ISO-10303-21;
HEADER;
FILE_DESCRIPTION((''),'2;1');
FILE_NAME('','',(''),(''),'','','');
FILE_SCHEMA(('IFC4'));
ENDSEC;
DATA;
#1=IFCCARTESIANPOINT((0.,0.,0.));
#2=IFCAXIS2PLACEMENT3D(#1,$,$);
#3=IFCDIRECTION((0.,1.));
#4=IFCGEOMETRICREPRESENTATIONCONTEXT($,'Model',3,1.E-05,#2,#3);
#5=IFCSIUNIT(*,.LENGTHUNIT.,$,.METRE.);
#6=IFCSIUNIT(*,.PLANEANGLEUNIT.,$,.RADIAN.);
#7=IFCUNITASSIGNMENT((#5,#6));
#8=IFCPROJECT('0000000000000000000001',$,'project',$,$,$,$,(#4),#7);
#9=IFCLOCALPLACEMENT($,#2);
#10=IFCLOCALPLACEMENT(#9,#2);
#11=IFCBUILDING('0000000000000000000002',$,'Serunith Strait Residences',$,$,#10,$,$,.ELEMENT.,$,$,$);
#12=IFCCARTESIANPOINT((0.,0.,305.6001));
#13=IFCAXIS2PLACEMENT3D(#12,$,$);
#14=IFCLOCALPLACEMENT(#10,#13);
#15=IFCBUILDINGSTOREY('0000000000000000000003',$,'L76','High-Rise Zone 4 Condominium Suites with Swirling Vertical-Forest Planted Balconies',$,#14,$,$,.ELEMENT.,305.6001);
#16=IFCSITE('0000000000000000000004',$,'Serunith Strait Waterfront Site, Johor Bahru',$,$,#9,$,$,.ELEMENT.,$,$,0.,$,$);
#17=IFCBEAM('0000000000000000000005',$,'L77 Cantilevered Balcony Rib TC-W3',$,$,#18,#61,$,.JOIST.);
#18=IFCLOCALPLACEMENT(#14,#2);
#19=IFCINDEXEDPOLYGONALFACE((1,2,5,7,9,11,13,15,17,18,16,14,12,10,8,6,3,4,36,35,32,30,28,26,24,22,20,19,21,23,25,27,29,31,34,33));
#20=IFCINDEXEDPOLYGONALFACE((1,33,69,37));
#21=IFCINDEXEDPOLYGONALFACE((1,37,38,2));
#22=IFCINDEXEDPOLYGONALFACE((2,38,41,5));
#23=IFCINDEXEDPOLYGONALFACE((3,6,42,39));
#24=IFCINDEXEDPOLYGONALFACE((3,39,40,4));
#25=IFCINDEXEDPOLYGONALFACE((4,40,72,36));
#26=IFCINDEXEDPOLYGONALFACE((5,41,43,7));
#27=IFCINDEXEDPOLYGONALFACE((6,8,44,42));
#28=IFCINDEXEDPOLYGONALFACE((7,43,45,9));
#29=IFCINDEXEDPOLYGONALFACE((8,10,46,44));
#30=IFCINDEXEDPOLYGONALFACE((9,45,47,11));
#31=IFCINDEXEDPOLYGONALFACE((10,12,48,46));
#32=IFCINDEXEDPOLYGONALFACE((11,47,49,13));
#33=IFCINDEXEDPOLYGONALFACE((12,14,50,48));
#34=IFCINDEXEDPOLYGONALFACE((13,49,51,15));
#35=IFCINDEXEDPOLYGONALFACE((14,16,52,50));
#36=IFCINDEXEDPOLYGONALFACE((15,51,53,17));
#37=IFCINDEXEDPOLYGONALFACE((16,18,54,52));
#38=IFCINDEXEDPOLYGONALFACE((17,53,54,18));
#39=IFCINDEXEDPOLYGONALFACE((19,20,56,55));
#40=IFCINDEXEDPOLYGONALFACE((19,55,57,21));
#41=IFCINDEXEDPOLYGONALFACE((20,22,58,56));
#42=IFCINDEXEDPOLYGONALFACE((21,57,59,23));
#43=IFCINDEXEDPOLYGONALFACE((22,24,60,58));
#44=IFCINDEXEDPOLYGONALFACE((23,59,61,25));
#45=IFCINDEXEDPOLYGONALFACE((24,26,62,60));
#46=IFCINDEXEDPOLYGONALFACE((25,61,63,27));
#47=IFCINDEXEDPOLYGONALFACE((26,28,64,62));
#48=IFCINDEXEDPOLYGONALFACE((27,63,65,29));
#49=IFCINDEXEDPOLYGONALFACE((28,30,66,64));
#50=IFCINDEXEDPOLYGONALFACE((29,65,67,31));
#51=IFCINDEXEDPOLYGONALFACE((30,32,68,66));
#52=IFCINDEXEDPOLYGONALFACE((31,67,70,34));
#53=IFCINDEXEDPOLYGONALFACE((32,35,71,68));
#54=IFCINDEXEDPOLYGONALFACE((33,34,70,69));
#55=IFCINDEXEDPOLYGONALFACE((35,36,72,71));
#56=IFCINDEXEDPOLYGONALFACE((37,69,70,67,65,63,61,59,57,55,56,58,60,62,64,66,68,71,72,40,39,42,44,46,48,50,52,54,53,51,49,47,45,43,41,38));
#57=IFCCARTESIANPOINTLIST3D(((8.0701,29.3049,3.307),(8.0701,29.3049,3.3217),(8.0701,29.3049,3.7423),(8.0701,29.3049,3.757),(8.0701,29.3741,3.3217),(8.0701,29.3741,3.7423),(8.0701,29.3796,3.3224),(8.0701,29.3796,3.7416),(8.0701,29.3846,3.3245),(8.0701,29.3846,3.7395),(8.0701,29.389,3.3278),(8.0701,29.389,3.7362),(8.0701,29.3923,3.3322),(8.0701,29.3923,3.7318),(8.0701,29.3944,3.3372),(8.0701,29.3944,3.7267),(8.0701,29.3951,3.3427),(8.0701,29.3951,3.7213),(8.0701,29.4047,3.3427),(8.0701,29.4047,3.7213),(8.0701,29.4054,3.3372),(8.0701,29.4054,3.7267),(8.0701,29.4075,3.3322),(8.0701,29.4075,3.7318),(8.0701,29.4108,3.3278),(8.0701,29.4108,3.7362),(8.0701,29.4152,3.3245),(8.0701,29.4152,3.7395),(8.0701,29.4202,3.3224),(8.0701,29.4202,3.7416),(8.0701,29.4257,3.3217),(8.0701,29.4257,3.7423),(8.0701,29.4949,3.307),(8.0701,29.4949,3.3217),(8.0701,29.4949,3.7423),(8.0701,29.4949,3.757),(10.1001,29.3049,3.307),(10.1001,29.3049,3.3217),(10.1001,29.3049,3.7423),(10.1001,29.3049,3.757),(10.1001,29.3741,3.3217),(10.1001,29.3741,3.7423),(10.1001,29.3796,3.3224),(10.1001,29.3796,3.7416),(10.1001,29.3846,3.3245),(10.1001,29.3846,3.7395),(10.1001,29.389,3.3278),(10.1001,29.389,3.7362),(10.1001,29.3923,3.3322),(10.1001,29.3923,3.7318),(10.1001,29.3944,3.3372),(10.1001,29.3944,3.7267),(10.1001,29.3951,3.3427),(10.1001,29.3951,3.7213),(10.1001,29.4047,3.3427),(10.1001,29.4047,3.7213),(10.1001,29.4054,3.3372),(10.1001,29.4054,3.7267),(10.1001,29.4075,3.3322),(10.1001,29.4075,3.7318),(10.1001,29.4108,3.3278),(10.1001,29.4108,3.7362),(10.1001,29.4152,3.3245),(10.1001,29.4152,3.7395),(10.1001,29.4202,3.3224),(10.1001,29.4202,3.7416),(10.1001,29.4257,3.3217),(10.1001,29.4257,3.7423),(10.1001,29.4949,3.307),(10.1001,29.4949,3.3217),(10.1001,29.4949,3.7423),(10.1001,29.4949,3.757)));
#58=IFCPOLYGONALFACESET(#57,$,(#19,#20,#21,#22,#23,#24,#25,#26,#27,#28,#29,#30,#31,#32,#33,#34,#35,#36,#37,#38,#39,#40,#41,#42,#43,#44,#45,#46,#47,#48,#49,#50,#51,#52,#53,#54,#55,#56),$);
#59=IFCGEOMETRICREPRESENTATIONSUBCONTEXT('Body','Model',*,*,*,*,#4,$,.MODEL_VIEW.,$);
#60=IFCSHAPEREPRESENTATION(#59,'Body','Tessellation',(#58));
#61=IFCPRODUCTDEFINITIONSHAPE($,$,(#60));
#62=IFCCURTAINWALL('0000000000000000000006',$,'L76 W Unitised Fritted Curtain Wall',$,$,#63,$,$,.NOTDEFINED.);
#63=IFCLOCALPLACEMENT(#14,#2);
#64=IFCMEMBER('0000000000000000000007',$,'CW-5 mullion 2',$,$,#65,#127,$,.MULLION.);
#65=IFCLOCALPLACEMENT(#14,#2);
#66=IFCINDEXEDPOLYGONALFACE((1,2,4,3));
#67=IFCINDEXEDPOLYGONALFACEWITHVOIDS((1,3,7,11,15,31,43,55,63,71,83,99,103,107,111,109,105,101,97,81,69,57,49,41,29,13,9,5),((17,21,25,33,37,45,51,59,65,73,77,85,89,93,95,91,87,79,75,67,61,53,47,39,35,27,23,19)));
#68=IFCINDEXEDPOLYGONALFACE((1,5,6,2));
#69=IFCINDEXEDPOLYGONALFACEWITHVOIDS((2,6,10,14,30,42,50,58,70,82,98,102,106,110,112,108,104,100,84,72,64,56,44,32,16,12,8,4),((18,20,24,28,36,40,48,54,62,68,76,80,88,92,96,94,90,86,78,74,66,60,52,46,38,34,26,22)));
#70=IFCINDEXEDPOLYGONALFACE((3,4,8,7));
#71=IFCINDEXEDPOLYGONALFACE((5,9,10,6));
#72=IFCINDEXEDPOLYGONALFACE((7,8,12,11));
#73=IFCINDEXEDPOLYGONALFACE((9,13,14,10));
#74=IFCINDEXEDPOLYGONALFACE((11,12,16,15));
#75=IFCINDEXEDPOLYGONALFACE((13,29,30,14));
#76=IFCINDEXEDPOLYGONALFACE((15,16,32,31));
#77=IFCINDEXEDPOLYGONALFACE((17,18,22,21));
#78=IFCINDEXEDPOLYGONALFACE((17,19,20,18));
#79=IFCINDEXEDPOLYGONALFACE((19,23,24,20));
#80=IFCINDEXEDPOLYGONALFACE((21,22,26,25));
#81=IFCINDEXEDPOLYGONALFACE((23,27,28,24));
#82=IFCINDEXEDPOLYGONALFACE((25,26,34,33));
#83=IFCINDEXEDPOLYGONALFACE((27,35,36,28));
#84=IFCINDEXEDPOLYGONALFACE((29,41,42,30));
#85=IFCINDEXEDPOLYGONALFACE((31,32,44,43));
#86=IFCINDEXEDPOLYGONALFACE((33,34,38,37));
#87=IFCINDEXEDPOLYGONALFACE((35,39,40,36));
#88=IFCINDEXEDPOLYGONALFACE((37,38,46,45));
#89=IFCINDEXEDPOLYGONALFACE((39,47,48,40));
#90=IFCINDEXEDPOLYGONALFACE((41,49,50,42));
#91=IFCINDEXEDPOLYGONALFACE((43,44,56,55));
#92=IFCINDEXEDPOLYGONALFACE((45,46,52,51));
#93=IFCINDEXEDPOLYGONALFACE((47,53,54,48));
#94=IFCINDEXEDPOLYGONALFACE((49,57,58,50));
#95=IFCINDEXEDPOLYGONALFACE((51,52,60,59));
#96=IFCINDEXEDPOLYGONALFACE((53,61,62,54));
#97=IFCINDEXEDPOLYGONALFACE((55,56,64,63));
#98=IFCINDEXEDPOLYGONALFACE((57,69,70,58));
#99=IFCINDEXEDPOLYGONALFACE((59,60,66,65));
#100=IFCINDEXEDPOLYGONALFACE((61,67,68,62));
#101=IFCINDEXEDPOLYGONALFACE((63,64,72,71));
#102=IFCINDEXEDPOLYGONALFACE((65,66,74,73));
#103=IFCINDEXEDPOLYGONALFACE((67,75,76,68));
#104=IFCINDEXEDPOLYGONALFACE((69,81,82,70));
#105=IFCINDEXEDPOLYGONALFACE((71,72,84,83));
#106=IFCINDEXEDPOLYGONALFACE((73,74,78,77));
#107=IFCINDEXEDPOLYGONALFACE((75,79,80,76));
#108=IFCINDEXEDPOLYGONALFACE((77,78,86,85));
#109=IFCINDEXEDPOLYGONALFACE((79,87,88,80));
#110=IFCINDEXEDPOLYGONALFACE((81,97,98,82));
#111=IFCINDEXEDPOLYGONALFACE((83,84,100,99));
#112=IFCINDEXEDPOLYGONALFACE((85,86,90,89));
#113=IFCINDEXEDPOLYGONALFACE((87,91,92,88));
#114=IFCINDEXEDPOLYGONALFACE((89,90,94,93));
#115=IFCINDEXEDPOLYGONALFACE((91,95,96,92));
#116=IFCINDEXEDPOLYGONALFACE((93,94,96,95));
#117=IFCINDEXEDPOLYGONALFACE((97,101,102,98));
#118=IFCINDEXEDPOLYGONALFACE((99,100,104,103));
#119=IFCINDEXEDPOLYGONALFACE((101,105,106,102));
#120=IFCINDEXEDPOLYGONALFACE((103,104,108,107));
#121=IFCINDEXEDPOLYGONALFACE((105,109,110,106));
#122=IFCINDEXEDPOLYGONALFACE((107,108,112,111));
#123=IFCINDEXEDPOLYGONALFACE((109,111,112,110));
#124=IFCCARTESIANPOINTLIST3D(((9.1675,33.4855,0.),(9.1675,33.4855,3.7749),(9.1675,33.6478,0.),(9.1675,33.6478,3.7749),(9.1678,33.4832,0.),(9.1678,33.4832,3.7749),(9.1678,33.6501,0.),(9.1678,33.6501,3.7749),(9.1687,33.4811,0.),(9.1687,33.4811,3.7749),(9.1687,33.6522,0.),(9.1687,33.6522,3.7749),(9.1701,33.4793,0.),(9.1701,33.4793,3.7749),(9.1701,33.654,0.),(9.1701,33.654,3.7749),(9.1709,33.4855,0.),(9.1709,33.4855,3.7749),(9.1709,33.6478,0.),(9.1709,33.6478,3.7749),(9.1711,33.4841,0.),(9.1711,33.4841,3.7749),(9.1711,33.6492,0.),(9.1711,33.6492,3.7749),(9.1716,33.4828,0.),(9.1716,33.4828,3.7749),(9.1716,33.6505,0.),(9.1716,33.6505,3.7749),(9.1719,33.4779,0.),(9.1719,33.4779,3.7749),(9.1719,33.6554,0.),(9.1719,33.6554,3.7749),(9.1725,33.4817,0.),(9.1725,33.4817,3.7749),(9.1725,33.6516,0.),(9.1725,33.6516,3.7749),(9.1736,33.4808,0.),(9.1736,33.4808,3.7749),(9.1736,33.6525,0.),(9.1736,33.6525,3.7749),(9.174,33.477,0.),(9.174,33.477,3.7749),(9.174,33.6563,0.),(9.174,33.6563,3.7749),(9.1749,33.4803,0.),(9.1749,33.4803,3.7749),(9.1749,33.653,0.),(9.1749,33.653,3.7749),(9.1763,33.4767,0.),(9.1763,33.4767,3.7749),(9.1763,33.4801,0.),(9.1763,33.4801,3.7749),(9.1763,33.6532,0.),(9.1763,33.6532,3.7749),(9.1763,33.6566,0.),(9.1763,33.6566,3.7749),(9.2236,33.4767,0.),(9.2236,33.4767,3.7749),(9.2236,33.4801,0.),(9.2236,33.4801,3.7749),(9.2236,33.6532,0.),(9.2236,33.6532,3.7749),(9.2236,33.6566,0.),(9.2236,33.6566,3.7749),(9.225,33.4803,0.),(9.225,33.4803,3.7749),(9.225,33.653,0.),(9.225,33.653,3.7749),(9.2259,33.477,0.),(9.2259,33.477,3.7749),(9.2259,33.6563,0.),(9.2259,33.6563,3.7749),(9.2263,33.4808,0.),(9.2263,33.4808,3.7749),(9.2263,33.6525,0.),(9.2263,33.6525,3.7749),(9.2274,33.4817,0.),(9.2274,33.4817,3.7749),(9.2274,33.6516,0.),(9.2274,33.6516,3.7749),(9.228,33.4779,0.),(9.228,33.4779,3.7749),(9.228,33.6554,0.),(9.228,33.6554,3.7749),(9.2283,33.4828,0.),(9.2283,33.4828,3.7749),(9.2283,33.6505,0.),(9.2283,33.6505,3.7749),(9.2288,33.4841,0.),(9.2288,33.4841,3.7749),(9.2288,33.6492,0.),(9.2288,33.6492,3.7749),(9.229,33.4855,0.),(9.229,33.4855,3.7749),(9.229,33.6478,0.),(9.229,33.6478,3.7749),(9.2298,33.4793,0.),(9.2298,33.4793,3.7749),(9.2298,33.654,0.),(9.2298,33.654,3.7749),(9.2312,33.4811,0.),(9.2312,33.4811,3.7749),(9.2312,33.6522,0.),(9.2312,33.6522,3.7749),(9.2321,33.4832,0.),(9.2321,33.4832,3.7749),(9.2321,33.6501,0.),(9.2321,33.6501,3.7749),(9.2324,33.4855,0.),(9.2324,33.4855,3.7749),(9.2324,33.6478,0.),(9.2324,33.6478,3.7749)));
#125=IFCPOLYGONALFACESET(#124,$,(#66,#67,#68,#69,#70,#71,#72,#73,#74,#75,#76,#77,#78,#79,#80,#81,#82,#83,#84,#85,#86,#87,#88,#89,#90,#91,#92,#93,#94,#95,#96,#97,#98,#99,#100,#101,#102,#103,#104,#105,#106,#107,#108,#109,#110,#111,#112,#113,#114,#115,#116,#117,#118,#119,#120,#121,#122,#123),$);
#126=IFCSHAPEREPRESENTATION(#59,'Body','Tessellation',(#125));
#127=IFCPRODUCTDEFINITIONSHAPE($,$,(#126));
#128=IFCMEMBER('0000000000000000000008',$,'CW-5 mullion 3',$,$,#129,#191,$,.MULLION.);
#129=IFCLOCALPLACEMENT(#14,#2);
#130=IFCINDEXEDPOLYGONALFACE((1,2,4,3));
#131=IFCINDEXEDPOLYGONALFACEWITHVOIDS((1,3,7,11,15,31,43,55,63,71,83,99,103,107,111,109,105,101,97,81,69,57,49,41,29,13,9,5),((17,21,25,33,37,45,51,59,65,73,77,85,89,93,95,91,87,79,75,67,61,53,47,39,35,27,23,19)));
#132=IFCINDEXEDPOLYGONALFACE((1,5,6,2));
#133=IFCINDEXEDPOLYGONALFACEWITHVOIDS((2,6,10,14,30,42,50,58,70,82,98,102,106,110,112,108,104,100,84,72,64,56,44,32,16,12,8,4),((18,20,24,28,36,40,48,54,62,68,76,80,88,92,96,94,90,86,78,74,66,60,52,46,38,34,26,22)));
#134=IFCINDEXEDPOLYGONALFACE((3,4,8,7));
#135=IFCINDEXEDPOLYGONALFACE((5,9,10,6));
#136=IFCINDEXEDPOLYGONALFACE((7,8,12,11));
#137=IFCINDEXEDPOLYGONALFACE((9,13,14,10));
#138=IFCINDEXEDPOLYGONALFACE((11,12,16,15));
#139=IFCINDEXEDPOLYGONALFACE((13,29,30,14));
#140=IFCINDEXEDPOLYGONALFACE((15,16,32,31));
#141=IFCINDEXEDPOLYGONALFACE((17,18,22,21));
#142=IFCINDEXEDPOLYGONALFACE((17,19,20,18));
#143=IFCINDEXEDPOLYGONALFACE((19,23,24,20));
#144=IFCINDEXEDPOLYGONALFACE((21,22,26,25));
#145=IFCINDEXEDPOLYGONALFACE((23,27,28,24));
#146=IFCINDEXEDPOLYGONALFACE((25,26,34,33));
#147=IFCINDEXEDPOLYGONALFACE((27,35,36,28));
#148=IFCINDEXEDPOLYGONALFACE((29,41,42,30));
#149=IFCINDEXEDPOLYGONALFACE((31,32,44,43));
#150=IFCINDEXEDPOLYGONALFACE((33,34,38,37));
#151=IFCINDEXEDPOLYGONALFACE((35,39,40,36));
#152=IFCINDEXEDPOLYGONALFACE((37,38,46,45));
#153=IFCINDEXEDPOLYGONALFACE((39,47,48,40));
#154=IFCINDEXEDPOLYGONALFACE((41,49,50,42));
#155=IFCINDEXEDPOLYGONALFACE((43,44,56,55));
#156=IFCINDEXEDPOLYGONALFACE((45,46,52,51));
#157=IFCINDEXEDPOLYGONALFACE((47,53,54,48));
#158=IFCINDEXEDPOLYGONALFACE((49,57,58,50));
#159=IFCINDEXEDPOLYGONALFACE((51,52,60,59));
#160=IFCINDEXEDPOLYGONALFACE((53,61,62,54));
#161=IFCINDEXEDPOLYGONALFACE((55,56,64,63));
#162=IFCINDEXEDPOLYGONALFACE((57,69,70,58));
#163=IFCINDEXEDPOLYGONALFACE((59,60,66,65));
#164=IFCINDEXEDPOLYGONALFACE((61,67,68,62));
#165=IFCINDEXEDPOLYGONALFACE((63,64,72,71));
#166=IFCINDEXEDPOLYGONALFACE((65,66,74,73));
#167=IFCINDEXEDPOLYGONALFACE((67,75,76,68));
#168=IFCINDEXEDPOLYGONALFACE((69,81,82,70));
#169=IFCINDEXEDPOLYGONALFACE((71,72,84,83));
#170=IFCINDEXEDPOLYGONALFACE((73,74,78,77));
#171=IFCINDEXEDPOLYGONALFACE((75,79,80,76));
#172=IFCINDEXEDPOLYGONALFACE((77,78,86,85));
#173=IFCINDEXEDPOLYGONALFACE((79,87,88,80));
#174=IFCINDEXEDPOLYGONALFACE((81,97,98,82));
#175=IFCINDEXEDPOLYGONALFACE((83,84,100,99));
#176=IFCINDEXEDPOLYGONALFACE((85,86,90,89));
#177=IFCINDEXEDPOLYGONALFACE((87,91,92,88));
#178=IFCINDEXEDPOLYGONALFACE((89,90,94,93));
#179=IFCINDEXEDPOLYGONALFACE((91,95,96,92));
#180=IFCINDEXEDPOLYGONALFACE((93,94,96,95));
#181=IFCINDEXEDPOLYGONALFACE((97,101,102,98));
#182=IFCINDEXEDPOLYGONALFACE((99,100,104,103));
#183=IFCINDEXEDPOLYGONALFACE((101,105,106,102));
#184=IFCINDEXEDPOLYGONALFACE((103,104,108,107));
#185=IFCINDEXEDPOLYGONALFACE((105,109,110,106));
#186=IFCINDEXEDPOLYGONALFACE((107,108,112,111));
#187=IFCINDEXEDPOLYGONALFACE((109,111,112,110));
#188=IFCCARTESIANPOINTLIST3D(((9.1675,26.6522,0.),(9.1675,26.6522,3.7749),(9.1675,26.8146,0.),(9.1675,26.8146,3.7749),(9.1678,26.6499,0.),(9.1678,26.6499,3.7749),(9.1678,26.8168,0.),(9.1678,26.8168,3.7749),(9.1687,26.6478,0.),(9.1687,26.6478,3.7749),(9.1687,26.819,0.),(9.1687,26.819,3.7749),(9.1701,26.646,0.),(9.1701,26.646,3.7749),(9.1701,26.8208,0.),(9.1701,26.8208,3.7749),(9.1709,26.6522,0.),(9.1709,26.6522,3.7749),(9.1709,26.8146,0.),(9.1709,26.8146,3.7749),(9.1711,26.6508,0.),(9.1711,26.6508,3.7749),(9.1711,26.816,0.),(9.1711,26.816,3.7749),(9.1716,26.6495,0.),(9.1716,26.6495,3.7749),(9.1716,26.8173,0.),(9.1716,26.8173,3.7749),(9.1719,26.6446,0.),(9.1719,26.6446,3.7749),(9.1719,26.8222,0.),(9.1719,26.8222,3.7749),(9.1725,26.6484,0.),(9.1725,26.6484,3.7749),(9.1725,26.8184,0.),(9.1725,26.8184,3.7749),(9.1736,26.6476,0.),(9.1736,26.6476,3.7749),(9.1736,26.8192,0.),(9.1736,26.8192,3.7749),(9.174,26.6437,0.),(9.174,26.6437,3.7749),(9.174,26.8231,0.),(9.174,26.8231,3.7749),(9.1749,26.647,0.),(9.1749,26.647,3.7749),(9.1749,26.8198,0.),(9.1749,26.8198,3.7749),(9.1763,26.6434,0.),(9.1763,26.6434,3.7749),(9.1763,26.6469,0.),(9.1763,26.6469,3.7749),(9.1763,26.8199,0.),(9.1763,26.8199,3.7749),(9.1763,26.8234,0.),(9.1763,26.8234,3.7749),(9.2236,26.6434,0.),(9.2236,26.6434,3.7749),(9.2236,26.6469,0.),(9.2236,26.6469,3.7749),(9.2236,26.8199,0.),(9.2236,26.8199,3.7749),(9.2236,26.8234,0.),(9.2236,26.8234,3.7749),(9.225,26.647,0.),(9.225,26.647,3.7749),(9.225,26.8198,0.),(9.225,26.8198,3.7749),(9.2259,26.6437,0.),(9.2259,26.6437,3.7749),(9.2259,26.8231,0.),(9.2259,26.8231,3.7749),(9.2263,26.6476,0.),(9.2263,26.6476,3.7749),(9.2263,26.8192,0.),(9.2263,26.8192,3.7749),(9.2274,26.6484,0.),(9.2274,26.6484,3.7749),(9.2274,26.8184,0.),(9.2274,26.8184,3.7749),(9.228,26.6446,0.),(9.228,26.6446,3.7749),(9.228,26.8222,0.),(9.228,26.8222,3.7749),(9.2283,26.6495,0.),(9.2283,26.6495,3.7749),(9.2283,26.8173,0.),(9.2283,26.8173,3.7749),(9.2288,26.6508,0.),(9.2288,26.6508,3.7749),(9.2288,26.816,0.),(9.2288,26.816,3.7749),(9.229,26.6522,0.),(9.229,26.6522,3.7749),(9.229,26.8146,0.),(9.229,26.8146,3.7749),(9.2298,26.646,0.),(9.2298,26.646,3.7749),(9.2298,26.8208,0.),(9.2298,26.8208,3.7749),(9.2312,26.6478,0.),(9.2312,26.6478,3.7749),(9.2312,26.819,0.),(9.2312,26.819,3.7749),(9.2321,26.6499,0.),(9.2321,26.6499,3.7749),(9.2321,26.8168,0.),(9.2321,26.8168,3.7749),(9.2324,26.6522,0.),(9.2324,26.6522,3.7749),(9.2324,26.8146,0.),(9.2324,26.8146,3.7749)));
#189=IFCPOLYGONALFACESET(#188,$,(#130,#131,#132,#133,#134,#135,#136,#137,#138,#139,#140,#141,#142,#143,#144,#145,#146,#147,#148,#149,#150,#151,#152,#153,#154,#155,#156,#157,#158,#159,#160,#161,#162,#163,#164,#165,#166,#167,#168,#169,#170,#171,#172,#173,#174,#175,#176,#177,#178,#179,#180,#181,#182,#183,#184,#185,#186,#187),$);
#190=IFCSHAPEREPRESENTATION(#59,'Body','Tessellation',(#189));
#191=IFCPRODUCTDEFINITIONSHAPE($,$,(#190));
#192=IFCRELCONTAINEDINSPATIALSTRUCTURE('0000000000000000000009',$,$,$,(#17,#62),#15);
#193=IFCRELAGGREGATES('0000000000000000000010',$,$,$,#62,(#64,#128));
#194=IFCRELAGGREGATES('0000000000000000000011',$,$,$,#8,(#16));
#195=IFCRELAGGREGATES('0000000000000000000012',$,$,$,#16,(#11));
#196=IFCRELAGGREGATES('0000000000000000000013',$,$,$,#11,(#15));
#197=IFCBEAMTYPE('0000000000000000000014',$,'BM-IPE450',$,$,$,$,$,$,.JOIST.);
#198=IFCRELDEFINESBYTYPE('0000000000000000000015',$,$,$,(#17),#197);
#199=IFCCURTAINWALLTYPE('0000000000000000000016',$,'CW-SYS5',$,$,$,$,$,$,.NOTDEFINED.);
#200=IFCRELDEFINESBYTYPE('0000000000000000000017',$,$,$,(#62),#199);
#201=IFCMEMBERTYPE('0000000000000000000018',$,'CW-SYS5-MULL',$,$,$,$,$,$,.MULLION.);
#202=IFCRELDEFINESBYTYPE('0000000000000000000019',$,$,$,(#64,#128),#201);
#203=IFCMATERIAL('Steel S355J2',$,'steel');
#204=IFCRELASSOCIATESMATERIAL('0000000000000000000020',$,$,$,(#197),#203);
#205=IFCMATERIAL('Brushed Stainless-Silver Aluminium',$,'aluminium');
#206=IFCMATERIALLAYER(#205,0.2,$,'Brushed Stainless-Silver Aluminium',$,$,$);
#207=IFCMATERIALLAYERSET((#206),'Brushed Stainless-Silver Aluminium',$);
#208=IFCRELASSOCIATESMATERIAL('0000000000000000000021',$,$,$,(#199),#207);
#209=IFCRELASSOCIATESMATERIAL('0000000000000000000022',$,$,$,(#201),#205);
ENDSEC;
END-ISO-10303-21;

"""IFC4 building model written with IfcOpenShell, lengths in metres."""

from ifc_helpers import new_model, si_unit, direction, frame, origin, origin_2d, place, context, subcontext, project, spatial, hollow_rectangle, i_section, extrude, source, transform, mapped, material, layer, layer_set, material_profile, profile_set, type_object, element, aggregate, save


model = new_model("IFC4")

# Units and contexts
model_context = context("Model", 3, precision=1e-05, world=origin(), true_north=direction((0.0, 1.0)))
body_context = subcontext(model_context, "Body", "Model", "MODEL_VIEW")
ifc_project = project(units=[si_unit("LENGTHUNIT", "METRE"), si_unit("PLANEANGLEUNIT", "RADIAN")], contexts=[model_context])

# Site, building, storey
site_placement = place(None, origin())
site = spatial("IfcSite", under=ifc_project, at=site_placement, Name="Serunith Strait Waterfront Site, Johor Bahru", CompositionType="ELEMENT", RefElevation=0.0)
building_placement = place(site_placement, origin())
building = spatial("IfcBuilding", under=site, at=building_placement, Name="Serunith Strait Residences", CompositionType="ELEMENT")
storey_placement = place(building_placement, frame((0.0, 0.0, 305.6001)))
storey = spatial("IfcBuildingStorey", under=building, at=storey_placement, Name="L76", Description="High-Rise Zone 4 Condominium Suites with Swirling Vertical-Forest Planted Balconies", CompositionType="ELEMENT", Elevation=305.6001)

# Beam
ifc_material_1 = material(Name="Steel S355J2", Category="steel")
ifc_material_profile_1 = material_profile(ifc_material_1, i_section(OverallWidth=0.1899, OverallDepth=0.45, WebThickness=0.0095, FlangeThickness=0.0146, FilletRadius=0.021, at=origin_2d()), Name="IPE 450")
ifc_profile_set_1 = profile_set([ifc_material_profile_1], Name="Steel S355J2")
beam_type_1 = type_object("IfcBeamType", Name="BM-IPE450", PredefinedType="JOIST", material=ifc_profile_set_1)
shared_shape_1 = source(origin(), body_context, "Body", "SweptSolid", [
    extrude(i_section(OverallWidth=0.1899, OverallDepth=0.45, WebThickness=0.0095, FlangeThickness=0.0146, FilletRadius=0.021, at=origin_2d()), origin(), (0.0, 0.0, 1.0), 2.03),
])
beam_1_placement = place(storey_placement, frame((10.1001, 29.3999, 3.532), z_axis=(-1.0, 0.0, 0.0), x_axis=(0.0, -1.0, 0.0)))
element("IfcBeam", 1, at=beam_1_placement, inside=storey, type_object=beam_type_1, Name="L77 Cantilevered Balcony Rib TC-W3", PredefinedType="JOIST", context=body_context, shape_type="MappedRepresentation", body=[
    mapped(shared_shape_1, transform((0.0, 0.0, 0.0), scale=1.0)),
])

# Curtain wall, members
ifc_material_2 = material(Name="Brushed Stainless-Silver Aluminium", Category="aluminium")
ifc_layer_1 = layer(ifc_material_2, 0.2, Name="Brushed Stainless-Silver Aluminium")
ifc_layer_set_1 = layer_set([ifc_layer_1], Name="Brushed Stainless-Silver Aluminium")
curtain_wall_type = type_object("IfcCurtainWallType", Name="CW-SYS5", PredefinedType="NOTDEFINED", material=ifc_layer_set_1)
curtain_wall_placement = place(storey_placement, origin())
curtain_wall = element("IfcCurtainWall", 2, at=curtain_wall_placement, inside=storey, type_object=curtain_wall_type, Name="L76 W Unitised Fritted Curtain Wall", PredefinedType="NOTDEFINED")
ifc_material_profile_2 = material_profile(ifc_material_2, hollow_rectangle(XDim=0.0649, YDim=0.1799, WallThickness=0.0034, InnerFilletRadius=0.0054, OuterFilletRadius=0.0088, at=origin_2d()), Name="ALU 180x65x3.5")
ifc_profile_set_2 = profile_set([ifc_material_profile_2], Name="Brushed Stainless-Silver Aluminium")
member_type_1 = type_object("IfcMemberType", Name="CW-SYS5-MULL", PredefinedType="MULLION", material=ifc_profile_set_2)
shared_shape_2 = source(origin(), body_context, "Body", "SweptSolid", [
    extrude(hollow_rectangle(XDim=0.0649, YDim=0.1799, WallThickness=0.0034, InnerFilletRadius=0.0054, OuterFilletRadius=0.0088, at=origin_2d()), origin(), (0.0, 0.0, 1.0), 3.7749),
])
member_1_placement = place(storey_placement, frame((9.2, 33.5667, 0.0), z_axis=(0.0, 0.0, 1.0), x_axis=(1.0, 0.0, 0.0)))
member_1 = element("IfcMember", 3, at=member_1_placement, type_object=member_type_1, Name="CW-5 mullion 2", PredefinedType="MULLION", context=body_context, shape_type="MappedRepresentation", body=[
    mapped(shared_shape_2, transform((0.0, 0.0, 0.0), scale=1.0)),
])
member_2_placement = place(storey_placement, frame((9.2, 26.7334, 0.0), z_axis=(0.0, 0.0, 1.0), x_axis=(1.0, 0.0, 0.0)))
member_2 = element("IfcMember", 4, at=member_2_placement, type_object=member_type_1, Name="CW-5 mullion 3", PredefinedType="MULLION", context=body_context, shape_type="MappedRepresentation", body=[
    mapped(shared_shape_2, transform((0.0, 0.0, 0.0), scale=1.0)),
])
aggregate(curtain_wall, [member_1, member_2])

save(model, "model.ifc")
